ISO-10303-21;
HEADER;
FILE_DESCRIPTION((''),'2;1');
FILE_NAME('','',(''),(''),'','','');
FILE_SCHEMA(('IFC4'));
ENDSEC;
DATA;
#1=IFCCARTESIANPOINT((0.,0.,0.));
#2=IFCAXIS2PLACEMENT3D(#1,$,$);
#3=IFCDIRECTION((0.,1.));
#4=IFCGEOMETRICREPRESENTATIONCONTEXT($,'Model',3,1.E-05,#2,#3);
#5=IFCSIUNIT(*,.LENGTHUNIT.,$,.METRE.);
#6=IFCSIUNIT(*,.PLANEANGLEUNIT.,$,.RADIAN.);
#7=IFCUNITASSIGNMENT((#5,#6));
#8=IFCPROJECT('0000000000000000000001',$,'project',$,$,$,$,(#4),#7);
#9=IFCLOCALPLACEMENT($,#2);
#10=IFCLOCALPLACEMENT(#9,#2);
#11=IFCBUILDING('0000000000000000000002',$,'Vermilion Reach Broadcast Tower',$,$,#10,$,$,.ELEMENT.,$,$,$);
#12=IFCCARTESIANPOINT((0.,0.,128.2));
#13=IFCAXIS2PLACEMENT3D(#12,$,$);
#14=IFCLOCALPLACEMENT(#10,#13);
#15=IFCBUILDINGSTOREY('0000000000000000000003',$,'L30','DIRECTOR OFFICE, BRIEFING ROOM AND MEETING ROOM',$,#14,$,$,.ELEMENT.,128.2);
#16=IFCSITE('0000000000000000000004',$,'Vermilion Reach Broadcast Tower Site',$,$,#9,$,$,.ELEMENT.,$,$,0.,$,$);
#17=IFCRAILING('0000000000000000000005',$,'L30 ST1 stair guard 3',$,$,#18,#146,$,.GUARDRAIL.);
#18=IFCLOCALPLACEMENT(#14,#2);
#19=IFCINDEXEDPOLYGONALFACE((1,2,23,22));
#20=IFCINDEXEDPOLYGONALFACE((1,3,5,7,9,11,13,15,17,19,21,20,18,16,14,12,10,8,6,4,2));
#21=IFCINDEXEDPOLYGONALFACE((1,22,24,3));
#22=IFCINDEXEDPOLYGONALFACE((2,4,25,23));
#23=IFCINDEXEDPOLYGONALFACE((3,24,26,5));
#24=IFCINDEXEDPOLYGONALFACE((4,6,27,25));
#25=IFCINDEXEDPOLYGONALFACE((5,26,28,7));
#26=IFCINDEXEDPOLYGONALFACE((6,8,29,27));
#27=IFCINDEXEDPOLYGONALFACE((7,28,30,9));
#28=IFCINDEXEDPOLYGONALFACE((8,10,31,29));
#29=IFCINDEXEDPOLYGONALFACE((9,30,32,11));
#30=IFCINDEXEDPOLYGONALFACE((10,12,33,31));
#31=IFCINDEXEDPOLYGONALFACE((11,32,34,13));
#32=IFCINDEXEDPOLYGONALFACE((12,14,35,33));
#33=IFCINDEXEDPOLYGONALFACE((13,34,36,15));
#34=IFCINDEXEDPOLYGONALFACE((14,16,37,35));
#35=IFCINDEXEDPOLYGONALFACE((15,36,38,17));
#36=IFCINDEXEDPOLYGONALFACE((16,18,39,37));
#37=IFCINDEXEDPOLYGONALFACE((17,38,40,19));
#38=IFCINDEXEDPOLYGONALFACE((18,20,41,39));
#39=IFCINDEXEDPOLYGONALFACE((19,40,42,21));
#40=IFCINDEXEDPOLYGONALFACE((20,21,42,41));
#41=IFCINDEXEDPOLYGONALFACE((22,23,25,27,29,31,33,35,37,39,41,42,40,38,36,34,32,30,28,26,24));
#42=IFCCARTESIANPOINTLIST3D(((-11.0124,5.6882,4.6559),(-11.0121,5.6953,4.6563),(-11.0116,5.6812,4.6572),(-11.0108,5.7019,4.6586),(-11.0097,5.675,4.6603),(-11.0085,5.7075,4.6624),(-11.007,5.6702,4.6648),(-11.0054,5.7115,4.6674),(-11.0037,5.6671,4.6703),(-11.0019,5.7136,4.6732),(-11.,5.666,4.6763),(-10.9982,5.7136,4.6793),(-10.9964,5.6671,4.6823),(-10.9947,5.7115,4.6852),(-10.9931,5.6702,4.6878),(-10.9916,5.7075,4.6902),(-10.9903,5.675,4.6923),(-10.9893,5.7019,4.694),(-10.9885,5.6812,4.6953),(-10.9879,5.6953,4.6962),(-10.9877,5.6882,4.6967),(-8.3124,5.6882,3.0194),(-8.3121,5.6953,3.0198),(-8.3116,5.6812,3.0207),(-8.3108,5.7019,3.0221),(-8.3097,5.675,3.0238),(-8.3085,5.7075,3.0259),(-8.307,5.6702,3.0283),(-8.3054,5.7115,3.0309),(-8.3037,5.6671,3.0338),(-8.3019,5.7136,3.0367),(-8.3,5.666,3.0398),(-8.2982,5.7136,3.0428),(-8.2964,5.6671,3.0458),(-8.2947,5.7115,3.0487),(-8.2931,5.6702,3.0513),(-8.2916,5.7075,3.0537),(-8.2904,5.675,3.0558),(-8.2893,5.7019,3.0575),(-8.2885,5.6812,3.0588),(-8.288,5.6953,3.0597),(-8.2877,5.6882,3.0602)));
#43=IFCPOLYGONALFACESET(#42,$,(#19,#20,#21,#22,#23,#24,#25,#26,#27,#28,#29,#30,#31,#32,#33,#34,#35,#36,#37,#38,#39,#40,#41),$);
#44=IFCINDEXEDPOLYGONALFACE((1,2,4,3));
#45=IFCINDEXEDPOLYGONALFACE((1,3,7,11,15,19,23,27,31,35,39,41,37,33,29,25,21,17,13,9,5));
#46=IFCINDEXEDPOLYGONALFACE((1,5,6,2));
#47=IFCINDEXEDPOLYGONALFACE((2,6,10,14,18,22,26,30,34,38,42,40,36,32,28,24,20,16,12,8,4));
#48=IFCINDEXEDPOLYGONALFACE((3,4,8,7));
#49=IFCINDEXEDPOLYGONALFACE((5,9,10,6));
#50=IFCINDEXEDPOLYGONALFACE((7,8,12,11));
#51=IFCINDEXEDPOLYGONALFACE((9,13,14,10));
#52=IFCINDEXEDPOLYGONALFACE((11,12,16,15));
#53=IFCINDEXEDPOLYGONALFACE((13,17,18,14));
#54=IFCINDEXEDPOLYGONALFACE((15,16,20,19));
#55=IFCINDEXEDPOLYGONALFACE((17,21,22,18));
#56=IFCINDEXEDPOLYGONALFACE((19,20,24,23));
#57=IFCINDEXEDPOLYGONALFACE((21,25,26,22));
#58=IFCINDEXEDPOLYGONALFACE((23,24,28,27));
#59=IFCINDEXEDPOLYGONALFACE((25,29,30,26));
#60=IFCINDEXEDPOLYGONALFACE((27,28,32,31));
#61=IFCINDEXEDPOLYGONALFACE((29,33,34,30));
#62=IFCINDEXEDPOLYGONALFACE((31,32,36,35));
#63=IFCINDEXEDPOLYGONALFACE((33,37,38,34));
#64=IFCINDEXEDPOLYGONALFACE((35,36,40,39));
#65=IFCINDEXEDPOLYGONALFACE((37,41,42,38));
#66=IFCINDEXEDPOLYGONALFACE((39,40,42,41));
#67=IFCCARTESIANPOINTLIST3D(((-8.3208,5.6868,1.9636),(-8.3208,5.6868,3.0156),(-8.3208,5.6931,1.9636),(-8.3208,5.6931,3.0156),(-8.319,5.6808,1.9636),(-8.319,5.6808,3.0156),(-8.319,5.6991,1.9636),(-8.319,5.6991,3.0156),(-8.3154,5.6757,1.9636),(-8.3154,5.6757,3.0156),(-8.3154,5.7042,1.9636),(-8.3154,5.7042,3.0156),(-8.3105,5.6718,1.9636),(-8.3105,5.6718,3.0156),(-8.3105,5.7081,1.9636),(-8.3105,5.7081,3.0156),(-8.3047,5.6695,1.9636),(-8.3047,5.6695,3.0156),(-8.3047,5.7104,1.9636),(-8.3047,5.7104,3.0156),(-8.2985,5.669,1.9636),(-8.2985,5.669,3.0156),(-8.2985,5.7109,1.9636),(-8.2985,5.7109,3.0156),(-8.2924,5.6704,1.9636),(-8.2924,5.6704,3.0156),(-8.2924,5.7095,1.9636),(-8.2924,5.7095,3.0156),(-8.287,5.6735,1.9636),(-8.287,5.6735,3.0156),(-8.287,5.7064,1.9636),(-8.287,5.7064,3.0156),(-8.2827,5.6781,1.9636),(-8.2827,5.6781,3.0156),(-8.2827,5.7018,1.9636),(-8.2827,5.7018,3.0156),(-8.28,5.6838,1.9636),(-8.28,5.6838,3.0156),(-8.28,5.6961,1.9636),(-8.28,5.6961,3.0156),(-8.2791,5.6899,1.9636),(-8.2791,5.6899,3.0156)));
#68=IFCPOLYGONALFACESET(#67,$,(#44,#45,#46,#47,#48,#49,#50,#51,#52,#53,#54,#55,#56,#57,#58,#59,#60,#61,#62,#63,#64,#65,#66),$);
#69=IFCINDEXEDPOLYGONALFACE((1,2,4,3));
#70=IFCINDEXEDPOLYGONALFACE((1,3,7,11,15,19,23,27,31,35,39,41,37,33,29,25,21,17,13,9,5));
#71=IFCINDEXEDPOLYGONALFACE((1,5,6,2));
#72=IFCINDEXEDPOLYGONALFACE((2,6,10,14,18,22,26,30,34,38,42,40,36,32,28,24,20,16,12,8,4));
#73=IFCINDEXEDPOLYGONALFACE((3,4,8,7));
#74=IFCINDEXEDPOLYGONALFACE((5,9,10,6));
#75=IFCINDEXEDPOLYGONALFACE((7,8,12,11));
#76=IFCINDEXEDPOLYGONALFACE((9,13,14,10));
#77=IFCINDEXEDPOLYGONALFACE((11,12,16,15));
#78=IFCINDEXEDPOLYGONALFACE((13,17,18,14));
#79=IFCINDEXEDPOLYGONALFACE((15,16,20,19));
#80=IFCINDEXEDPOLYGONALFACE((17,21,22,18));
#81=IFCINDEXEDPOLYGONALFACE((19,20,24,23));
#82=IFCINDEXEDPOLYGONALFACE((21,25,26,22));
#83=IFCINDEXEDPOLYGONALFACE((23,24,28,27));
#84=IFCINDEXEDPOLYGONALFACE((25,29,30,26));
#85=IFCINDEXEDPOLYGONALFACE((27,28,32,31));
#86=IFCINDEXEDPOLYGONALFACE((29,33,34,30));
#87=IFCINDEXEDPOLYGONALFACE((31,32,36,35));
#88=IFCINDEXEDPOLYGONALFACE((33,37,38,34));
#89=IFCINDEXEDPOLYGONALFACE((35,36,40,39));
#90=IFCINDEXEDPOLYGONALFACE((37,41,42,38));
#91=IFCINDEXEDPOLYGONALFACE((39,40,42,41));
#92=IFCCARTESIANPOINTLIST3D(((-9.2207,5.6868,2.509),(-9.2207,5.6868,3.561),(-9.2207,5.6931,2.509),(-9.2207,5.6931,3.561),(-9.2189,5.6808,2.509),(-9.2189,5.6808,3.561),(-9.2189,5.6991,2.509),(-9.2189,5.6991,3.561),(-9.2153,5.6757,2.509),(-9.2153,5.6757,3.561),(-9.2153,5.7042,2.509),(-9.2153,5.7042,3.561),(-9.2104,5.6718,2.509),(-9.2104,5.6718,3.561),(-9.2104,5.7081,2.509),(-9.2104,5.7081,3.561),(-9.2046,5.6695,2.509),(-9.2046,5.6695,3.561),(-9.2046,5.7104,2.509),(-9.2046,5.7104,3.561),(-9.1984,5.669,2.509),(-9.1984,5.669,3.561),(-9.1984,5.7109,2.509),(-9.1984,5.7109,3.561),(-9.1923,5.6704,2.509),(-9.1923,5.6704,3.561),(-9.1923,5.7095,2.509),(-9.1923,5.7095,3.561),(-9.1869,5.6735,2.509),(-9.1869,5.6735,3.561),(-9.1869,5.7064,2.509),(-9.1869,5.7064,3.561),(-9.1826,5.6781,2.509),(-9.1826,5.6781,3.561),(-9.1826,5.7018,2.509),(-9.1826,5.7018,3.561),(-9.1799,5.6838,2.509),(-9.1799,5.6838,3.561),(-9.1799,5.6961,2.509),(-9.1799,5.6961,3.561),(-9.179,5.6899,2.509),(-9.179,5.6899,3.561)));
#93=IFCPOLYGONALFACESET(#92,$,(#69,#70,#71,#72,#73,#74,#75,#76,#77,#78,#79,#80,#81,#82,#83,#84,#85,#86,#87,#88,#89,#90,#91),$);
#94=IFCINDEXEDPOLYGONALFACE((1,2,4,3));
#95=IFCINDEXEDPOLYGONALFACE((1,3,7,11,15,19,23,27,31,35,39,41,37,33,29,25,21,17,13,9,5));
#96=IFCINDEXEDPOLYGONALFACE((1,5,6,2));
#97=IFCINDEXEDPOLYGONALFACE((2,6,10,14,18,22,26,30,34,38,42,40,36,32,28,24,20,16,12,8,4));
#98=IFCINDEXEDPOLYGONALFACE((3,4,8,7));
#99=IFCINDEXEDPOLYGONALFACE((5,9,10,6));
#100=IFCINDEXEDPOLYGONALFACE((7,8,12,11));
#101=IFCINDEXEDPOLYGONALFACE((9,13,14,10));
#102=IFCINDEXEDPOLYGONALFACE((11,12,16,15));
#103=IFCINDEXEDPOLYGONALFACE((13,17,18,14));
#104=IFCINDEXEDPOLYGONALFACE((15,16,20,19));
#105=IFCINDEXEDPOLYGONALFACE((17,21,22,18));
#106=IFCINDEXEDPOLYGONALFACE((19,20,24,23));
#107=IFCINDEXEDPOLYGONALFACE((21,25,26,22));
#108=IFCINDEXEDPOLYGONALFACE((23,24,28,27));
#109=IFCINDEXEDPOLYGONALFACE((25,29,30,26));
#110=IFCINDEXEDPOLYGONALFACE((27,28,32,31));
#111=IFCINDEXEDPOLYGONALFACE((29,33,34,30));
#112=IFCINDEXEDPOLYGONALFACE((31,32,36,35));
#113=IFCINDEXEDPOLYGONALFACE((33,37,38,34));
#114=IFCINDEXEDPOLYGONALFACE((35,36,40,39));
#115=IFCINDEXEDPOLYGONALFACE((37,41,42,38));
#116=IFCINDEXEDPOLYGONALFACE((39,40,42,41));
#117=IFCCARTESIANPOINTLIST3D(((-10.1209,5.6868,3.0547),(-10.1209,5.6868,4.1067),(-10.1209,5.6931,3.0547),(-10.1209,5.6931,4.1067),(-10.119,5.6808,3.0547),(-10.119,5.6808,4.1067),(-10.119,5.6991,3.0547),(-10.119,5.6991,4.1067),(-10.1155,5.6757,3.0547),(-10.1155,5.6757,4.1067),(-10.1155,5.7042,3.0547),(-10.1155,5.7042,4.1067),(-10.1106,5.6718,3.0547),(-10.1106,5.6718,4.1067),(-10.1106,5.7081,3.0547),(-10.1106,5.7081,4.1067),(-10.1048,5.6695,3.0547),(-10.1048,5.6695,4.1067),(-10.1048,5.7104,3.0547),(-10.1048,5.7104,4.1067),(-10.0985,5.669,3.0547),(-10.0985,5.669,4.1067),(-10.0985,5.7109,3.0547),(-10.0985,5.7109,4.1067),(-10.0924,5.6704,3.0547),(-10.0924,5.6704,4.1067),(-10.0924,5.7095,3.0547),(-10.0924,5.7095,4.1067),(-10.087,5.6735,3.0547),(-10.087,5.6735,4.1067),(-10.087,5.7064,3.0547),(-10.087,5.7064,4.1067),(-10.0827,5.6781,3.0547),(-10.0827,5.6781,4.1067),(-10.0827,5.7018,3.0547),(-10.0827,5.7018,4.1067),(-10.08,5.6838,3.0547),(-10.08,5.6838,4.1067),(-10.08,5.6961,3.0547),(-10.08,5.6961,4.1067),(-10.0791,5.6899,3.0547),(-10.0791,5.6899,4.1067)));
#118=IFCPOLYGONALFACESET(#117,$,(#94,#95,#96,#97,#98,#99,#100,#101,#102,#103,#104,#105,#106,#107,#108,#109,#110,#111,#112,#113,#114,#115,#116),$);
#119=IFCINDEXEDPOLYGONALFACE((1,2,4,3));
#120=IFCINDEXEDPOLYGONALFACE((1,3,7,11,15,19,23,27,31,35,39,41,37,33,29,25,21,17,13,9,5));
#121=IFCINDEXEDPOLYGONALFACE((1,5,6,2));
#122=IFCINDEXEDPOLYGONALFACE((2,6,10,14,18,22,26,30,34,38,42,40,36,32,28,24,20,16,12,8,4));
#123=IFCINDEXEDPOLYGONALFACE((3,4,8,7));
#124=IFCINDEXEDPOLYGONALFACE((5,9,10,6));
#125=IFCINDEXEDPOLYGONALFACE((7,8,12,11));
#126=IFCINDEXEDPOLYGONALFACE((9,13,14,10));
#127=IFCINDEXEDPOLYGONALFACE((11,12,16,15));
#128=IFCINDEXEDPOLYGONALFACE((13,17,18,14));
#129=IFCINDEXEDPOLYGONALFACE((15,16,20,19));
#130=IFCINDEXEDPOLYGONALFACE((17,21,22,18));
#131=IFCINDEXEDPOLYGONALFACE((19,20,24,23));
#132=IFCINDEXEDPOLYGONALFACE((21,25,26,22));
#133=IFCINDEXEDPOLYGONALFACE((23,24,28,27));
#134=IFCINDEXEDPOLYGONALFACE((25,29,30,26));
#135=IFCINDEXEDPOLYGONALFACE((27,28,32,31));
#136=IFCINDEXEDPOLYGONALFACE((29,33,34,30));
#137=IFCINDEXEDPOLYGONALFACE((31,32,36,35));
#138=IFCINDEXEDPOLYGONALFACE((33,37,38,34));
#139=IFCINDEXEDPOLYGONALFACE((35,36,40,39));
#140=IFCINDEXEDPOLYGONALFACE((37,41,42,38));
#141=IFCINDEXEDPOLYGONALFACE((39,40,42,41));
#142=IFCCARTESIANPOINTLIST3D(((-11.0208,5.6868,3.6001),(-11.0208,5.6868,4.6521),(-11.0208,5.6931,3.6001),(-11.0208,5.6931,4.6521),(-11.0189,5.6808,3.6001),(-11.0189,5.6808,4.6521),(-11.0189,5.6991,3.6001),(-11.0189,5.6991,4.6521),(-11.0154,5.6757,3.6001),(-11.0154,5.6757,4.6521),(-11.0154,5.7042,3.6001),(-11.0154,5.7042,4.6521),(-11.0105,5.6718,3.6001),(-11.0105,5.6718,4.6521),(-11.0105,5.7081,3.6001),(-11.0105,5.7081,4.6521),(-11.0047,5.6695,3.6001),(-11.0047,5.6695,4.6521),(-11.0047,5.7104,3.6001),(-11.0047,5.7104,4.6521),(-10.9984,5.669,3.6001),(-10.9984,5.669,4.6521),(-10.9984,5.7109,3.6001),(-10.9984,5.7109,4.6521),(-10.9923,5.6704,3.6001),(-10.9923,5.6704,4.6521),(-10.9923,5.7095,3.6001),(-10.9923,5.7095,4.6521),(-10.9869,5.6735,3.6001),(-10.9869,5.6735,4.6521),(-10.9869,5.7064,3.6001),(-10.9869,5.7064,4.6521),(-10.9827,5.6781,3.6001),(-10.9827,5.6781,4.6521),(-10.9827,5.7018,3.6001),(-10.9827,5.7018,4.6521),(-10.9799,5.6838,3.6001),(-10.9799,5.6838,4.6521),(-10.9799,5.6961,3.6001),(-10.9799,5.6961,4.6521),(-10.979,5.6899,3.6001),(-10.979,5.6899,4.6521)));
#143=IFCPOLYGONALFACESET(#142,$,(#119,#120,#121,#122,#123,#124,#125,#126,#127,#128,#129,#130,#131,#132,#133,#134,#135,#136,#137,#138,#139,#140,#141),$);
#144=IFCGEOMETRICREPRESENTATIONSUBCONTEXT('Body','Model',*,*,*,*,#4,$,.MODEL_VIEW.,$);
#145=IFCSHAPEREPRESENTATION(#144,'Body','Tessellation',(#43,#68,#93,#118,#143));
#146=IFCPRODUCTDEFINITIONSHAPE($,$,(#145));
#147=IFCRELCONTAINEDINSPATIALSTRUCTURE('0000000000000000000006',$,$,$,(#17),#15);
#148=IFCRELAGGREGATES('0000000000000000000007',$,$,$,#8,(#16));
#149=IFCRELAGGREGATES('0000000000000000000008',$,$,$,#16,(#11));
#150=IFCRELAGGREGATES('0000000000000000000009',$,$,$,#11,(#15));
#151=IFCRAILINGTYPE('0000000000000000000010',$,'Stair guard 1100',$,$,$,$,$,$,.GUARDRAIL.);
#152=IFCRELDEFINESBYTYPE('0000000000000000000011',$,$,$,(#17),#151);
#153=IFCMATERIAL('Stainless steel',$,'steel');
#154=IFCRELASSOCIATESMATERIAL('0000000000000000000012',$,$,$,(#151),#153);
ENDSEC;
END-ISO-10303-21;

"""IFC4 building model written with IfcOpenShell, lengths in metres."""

from ifc_helpers import new_model, si_unit, direction, frame, origin, origin_2d, place, context, subcontext, project, spatial, circle, extrude, material, type_object, element, save


model = new_model("IFC4")

# Units and contexts
model_context = context("Model", 3, precision=1e-05, world=origin(), true_north=direction((0.0, 1.0)))
body_context = subcontext(model_context, "Body", "Model", "MODEL_VIEW")
ifc_project = project(units=[si_unit("LENGTHUNIT", "METRE"), si_unit("PLANEANGLEUNIT", "RADIAN")], contexts=[model_context])

# Site, building, storey
site_placement = place(None, origin())
site = spatial("IfcSite", under=ifc_project, at=site_placement, Name="Vermilion Reach Broadcast Tower Site", CompositionType="ELEMENT", RefElevation=0.0)
building_placement = place(site_placement, origin())
building = spatial("IfcBuilding", under=site, at=building_placement, Name="Vermilion Reach Broadcast Tower", CompositionType="ELEMENT")
storey_placement = place(building_placement, frame((0.0, 0.0, 128.2)))
storey = spatial("IfcBuildingStorey", under=building, at=storey_placement, Name="L30", Description="DIRECTOR OFFICE, BRIEFING ROOM AND MEETING ROOM", CompositionType="ELEMENT", Elevation=128.2)

# Railing
ifc_material_1 = material(Name="Stainless steel", Category="steel")
railing_type_1 = type_object("IfcRailingType", Name="Stair guard 1100", PredefinedType="GUARDRAIL", material=ifc_material_1)
railing_1_placement = place(storey_placement, frame((-8.3, 5.6899, 1.9636)))
element("IfcRailing", 1, at=railing_1_placement, inside=storey, type_object=railing_type_1, Name="L30 ST1 stair guard 3", PredefinedType="GUARDRAIL", context=body_context, shape_type="SweptSolid", body=[
    extrude(circle(Radius=0.0239, at=origin_2d()), frame((0.0, 0.0, 1.0762), z_axis=(-0.855178, 0.0, 0.518334), x_axis=(0.0, -1.0, 0.0)), (0.0, 0.0, 1.0), 3.1572),
    extrude(circle(Radius=0.021, at=origin_2d()), origin(), (0.0, 0.0, 1.0), 1.052),
    extrude(circle(Radius=0.021, at=origin_2d()), frame((-0.8999, 0.0, 0.5454)), (0.0, 0.0, 1.0), 1.052),
    extrude(circle(Radius=0.021, at=origin_2d()), frame((-1.8, 0.0, 1.0911)), (0.0, 0.0, 1.0), 1.052),
    extrude(circle(Radius=0.021, at=origin_2d()), frame((-2.7, 0.0, 1.6365)), (0.0, 0.0, 1.0), 1.052),
])

save(model, "model.ifc")
